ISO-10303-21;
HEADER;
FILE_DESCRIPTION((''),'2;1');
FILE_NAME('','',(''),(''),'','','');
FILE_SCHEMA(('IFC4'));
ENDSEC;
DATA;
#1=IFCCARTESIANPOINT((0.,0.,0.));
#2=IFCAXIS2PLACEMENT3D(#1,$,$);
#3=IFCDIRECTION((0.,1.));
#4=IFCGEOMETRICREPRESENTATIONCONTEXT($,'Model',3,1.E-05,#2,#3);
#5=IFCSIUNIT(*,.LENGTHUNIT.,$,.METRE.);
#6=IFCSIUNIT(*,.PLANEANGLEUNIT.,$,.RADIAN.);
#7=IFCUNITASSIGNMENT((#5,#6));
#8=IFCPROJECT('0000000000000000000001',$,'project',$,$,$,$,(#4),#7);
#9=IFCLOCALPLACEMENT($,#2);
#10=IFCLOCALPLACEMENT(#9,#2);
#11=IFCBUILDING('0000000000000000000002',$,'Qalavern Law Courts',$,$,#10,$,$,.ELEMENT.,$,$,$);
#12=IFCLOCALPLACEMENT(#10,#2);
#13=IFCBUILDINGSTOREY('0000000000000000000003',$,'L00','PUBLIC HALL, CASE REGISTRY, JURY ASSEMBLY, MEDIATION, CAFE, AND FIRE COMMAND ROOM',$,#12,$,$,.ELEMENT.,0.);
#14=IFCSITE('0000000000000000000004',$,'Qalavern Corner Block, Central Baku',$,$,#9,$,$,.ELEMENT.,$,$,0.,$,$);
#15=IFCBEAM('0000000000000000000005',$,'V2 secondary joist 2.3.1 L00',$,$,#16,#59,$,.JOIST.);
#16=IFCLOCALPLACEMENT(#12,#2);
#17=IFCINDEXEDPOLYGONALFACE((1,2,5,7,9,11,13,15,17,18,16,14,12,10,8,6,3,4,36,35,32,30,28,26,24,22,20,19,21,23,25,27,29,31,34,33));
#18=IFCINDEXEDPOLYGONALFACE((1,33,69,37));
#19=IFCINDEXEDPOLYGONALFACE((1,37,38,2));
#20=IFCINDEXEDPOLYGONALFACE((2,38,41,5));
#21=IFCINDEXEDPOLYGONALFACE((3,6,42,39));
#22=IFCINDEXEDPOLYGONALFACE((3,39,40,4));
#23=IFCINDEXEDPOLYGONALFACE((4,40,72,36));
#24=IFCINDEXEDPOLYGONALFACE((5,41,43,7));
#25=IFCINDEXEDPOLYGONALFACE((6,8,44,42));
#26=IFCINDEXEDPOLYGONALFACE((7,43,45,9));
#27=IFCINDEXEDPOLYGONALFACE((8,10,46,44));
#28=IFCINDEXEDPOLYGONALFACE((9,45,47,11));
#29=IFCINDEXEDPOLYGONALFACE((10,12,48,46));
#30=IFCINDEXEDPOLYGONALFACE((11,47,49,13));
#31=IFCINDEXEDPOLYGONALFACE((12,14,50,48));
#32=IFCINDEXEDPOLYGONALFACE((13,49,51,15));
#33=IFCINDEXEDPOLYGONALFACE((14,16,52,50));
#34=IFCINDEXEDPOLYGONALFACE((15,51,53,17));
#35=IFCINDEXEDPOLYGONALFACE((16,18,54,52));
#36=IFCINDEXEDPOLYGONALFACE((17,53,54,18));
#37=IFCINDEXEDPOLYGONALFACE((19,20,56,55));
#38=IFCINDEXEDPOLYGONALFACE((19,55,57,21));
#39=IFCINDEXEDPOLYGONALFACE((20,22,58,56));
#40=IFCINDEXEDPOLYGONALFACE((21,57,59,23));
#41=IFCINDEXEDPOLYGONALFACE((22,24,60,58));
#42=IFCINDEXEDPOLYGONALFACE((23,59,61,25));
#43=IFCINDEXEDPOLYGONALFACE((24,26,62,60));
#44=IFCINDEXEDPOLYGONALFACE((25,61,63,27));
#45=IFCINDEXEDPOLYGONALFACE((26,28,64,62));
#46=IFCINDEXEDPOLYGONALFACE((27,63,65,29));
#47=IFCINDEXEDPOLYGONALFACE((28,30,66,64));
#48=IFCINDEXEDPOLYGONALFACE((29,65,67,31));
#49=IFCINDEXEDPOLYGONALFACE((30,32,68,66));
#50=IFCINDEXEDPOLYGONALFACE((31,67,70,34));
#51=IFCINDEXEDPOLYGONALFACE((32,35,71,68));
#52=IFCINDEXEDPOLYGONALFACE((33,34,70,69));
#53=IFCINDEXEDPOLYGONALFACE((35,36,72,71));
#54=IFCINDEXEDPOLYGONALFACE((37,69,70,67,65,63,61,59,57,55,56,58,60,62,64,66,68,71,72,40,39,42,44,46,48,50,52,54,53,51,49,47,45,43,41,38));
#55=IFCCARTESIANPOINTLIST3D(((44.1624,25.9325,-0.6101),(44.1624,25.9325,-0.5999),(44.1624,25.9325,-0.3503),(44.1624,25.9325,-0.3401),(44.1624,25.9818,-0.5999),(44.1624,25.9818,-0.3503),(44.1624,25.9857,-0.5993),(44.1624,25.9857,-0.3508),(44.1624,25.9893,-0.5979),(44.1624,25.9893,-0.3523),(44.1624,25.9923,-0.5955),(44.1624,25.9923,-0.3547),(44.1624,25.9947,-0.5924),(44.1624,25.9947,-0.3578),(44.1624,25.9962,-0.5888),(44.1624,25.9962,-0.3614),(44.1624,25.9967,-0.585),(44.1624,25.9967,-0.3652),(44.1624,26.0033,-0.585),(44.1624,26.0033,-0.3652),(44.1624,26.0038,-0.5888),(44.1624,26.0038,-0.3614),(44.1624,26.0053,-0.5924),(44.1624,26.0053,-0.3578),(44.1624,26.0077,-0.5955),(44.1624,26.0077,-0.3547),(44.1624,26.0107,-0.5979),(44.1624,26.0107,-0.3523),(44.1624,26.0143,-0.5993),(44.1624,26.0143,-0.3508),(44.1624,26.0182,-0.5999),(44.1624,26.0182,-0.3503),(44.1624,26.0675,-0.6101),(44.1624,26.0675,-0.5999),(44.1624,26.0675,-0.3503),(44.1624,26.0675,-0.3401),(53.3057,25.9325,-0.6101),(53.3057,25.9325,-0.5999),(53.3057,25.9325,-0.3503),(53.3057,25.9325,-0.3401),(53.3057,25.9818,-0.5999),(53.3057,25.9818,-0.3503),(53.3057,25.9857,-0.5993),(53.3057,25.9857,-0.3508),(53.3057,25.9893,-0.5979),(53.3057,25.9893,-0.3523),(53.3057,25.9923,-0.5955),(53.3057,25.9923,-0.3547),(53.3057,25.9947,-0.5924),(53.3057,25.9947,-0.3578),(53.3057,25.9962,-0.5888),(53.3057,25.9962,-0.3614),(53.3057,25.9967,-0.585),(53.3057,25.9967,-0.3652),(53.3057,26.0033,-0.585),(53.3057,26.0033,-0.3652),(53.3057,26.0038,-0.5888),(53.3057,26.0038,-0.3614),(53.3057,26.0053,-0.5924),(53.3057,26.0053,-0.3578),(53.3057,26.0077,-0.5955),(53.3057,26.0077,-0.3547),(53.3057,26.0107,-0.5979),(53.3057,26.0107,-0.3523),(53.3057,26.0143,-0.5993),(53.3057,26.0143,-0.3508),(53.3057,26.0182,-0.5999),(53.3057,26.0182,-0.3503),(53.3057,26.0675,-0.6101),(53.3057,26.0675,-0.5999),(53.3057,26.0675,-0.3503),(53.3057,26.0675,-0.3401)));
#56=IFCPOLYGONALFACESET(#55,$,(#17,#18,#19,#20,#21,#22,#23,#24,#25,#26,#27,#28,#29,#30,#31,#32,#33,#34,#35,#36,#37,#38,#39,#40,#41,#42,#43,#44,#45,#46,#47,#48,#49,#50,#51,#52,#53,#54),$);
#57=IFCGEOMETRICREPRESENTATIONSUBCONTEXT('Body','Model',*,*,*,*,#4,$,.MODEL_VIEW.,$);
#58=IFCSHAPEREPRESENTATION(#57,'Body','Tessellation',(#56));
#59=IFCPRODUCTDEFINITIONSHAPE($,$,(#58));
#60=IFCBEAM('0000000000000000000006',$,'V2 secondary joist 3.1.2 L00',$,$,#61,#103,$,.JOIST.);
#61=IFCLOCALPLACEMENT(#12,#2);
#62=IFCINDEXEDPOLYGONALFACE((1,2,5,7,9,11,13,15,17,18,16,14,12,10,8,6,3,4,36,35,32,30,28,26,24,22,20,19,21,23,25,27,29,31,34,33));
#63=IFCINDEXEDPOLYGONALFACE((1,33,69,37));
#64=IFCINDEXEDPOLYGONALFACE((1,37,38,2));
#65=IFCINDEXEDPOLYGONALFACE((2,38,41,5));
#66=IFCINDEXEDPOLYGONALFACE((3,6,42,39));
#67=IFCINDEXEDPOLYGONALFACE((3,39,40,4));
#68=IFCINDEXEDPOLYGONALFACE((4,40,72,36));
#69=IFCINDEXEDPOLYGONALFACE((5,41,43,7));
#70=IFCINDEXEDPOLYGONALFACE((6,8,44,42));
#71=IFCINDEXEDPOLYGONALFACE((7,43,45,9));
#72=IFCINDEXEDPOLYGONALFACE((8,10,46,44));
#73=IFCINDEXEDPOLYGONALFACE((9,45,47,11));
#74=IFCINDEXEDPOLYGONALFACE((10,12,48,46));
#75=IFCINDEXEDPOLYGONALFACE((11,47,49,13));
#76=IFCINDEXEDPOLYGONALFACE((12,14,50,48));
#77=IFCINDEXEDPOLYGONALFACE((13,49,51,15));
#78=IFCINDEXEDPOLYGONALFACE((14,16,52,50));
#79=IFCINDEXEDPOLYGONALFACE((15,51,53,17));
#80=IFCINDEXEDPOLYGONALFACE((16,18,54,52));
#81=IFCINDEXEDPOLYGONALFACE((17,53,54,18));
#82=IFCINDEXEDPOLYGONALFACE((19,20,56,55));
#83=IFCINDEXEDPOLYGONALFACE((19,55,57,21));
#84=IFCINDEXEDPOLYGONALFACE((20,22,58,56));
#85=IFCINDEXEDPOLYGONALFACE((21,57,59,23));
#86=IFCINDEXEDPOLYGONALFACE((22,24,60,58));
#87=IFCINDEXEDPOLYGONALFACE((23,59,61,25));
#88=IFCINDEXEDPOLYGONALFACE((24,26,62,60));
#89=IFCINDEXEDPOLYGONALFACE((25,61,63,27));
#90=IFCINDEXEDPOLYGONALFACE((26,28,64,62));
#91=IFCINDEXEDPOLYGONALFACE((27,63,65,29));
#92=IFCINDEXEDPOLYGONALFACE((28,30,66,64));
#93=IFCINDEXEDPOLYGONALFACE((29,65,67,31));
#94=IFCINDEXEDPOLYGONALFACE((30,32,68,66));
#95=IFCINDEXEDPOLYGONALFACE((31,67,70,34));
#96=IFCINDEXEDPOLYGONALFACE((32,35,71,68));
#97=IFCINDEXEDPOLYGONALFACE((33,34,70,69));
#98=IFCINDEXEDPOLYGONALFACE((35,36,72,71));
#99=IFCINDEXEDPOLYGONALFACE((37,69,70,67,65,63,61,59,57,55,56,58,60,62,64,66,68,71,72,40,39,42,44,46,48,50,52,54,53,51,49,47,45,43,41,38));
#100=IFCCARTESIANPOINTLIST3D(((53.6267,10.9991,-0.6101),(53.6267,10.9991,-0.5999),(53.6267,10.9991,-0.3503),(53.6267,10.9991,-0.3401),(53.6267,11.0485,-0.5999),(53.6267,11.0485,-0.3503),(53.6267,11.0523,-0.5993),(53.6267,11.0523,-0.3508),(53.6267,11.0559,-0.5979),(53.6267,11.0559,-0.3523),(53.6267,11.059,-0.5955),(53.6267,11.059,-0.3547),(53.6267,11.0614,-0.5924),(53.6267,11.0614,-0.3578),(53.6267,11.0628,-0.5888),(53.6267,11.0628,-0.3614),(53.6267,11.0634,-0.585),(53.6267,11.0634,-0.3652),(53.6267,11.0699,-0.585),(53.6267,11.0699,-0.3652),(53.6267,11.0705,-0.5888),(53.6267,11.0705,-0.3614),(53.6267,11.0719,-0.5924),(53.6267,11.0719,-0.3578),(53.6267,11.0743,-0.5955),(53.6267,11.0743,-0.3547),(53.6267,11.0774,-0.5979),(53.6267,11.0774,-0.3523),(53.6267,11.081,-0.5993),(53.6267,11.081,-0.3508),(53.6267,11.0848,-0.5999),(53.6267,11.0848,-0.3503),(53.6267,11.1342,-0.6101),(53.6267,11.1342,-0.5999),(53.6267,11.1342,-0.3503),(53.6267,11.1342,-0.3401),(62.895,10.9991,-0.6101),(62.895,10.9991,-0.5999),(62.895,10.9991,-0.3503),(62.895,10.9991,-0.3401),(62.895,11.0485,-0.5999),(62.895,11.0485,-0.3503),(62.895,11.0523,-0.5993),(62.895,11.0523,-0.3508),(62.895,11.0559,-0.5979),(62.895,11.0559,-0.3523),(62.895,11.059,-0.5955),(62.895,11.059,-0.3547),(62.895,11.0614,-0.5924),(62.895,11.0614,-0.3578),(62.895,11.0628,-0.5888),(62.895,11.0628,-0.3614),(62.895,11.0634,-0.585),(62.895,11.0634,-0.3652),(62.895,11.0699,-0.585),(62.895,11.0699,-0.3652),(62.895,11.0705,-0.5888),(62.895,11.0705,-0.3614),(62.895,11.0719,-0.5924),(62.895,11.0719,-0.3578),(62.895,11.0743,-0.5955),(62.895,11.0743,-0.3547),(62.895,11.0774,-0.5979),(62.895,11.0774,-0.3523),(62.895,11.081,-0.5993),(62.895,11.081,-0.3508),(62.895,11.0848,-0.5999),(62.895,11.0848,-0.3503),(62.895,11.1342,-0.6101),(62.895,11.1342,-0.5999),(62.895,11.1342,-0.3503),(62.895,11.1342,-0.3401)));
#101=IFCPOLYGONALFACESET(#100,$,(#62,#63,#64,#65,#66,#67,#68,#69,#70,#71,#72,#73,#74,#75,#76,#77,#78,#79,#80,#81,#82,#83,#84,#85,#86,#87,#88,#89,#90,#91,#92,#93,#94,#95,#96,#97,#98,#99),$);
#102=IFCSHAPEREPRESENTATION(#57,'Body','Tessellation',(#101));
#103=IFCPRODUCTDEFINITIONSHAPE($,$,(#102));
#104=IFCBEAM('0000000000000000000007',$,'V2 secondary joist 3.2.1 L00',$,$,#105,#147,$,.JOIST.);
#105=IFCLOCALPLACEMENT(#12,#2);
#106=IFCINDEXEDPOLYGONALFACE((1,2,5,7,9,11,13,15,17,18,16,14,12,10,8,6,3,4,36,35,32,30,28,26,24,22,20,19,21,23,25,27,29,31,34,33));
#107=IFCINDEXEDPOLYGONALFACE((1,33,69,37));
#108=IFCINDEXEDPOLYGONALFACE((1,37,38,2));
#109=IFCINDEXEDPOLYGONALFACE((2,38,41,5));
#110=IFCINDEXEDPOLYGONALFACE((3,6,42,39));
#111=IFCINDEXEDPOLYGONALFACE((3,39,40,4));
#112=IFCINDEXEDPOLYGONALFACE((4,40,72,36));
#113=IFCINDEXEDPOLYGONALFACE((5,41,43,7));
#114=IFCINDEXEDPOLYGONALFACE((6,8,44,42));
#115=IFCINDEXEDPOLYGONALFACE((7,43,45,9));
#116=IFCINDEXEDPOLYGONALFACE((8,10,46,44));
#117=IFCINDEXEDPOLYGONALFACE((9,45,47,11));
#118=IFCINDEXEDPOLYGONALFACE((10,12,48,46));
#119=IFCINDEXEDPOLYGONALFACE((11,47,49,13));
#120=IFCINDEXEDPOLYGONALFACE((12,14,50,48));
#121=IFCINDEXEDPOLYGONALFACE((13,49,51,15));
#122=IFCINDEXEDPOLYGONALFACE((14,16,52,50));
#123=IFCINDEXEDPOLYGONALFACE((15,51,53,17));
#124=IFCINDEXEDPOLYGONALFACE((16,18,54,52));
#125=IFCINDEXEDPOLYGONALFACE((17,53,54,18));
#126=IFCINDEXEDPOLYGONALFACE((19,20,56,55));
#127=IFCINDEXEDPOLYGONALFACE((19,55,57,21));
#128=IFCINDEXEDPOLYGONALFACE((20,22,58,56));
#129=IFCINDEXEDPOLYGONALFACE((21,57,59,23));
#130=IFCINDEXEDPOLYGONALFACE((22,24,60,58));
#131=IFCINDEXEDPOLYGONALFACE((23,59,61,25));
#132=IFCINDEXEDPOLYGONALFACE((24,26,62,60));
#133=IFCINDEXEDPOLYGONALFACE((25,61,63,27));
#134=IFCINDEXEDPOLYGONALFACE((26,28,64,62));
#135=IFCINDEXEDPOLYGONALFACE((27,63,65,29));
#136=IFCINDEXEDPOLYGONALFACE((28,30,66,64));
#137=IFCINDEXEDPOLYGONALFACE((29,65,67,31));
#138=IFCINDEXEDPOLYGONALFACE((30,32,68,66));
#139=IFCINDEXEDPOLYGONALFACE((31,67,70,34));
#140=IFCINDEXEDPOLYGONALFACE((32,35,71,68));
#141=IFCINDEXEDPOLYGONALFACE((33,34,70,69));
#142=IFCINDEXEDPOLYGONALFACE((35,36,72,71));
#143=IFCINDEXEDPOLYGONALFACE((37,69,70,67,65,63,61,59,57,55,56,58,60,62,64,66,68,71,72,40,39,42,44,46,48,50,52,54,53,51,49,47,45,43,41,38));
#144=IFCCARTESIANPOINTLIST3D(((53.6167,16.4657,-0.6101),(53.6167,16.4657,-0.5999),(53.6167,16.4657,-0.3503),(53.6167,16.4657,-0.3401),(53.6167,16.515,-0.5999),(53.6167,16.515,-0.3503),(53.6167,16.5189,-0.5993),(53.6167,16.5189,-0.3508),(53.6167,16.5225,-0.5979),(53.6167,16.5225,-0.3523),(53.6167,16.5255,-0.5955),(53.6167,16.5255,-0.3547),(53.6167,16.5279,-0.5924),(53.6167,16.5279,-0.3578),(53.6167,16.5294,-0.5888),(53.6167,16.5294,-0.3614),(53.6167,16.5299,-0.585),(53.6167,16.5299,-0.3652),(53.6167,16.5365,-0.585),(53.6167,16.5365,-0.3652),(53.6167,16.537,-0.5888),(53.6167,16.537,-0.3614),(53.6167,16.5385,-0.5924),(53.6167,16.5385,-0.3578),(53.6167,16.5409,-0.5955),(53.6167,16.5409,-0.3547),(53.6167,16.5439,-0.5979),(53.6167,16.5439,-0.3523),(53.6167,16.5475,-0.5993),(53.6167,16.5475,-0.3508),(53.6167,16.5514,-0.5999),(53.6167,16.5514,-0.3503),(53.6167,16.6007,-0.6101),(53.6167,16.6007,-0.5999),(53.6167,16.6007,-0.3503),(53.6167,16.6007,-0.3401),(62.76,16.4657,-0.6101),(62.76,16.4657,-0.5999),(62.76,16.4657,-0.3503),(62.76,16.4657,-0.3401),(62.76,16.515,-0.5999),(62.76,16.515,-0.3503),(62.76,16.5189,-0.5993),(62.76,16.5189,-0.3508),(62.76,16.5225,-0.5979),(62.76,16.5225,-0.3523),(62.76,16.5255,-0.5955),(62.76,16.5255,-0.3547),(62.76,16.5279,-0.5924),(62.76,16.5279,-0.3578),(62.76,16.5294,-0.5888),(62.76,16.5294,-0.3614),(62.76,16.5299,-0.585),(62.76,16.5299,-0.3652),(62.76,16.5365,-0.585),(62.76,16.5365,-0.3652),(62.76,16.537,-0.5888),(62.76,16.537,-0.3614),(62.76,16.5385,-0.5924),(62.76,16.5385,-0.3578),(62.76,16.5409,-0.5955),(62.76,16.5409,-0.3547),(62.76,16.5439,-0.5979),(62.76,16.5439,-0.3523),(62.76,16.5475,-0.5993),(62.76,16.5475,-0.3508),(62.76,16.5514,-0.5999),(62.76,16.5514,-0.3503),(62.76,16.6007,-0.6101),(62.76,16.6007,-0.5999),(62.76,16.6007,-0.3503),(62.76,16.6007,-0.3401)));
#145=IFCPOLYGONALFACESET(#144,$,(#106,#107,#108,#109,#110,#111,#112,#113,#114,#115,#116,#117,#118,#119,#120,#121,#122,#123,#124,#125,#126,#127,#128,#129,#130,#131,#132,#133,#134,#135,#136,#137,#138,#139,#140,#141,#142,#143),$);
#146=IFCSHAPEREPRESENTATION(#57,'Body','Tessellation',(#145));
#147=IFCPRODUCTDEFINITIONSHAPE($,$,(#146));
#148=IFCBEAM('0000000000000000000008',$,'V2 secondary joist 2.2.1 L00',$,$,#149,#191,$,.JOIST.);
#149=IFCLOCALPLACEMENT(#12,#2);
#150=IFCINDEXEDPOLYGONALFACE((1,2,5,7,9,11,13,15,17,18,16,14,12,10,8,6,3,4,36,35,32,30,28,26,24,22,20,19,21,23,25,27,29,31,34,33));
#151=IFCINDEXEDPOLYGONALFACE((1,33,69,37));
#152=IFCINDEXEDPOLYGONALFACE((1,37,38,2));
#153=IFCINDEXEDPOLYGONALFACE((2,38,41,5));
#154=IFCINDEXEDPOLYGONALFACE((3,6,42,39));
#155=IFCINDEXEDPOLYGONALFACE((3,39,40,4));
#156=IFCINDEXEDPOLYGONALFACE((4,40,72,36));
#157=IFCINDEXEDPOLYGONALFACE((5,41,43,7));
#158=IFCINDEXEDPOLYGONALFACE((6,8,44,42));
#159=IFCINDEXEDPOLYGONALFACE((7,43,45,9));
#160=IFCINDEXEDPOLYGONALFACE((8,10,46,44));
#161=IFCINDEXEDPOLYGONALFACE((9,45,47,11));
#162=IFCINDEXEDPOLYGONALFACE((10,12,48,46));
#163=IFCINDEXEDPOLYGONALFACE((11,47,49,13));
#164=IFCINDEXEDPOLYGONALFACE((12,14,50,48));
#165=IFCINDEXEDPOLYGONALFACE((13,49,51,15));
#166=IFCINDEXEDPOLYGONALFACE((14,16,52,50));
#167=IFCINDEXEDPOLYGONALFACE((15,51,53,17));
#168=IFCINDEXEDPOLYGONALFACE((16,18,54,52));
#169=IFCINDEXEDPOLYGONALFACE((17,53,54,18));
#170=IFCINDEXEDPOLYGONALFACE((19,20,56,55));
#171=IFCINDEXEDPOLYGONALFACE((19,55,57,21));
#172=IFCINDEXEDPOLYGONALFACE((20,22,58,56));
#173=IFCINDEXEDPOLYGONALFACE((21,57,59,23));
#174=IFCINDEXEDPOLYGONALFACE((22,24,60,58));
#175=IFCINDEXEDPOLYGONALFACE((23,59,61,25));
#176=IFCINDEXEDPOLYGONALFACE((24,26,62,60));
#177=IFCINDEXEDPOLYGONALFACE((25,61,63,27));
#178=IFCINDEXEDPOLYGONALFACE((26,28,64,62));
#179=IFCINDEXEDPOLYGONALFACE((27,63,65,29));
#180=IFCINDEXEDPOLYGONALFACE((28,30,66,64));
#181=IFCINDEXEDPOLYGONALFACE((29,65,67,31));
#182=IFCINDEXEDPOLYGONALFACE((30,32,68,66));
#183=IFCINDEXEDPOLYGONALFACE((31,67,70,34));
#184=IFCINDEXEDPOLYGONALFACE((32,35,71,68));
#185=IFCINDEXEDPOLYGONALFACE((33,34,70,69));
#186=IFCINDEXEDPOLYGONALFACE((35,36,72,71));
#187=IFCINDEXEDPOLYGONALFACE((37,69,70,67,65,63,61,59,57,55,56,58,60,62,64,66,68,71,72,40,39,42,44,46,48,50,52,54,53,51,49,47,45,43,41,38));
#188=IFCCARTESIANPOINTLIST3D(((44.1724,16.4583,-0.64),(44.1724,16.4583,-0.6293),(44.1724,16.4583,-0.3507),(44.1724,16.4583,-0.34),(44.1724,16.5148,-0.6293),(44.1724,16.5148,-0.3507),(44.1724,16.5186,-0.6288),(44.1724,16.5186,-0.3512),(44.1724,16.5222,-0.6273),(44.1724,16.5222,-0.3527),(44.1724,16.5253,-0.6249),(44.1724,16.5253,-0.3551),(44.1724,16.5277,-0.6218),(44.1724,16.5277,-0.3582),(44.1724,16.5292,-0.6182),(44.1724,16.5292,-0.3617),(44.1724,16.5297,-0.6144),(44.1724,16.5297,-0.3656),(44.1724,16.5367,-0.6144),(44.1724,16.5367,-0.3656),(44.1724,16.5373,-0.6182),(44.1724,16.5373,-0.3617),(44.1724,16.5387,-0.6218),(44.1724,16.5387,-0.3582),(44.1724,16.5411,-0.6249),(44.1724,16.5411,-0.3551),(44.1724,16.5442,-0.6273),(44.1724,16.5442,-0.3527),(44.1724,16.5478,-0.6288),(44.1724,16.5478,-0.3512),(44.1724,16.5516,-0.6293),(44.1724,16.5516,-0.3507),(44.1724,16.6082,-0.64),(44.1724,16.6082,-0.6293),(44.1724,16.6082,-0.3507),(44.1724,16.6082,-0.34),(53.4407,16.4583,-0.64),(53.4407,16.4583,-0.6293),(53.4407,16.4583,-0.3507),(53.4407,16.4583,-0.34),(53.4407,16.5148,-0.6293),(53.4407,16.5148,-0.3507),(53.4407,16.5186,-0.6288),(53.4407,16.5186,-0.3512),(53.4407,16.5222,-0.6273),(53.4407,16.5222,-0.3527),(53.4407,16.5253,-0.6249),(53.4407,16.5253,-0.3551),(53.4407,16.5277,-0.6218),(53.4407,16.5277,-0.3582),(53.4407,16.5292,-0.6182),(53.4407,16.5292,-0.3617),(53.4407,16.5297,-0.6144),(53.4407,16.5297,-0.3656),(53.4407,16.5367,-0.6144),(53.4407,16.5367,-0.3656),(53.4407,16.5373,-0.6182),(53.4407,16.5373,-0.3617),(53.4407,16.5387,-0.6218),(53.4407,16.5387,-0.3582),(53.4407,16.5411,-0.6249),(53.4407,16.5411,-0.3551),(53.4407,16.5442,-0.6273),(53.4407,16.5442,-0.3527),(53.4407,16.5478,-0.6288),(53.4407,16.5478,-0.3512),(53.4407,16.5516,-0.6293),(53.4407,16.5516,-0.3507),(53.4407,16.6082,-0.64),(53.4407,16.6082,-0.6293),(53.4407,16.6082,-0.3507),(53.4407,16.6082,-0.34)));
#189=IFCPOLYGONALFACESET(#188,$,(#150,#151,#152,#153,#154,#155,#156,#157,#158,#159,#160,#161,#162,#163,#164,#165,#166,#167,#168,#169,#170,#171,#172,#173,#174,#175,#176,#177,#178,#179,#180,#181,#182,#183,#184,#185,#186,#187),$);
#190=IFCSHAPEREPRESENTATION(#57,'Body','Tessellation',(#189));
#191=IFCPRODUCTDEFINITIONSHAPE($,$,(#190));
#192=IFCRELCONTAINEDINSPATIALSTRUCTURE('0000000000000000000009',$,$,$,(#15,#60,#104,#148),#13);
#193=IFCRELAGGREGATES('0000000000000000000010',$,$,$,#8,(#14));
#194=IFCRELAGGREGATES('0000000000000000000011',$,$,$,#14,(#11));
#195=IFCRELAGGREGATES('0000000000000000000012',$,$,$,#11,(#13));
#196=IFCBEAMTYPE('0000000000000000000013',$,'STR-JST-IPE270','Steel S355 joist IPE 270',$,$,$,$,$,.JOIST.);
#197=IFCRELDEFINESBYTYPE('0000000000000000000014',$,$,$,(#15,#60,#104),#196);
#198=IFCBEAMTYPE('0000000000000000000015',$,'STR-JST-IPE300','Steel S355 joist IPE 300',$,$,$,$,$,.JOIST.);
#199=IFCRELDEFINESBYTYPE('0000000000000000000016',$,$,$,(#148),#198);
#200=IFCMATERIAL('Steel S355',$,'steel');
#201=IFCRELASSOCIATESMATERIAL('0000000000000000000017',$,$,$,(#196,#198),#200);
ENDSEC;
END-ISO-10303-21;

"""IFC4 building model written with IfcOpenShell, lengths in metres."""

from ifc_helpers import new_model, si_unit, direction, frame, origin, origin_2d, place, context, subcontext, project, spatial, i_section, extrude, material, material_profile, profile_set, type_object, element, save


model = new_model("IFC4")

# Units and contexts
model_context = context("Model", 3, precision=1e-05, world=origin(), true_north=direction((0.0, 1.0)))
body_context = subcontext(model_context, "Body", "Model", "MODEL_VIEW")
ifc_project = project(units=[si_unit("LENGTHUNIT", "METRE"), si_unit("PLANEANGLEUNIT", "RADIAN")], contexts=[model_context])

# Site, building, storey
site_placement = place(None, origin())
site = spatial("IfcSite", under=ifc_project, at=site_placement, Name="Qalavern Corner Block, Central Baku", CompositionType="ELEMENT", RefElevation=0.0)
building_placement = place(site_placement, origin())
building = spatial("IfcBuilding", under=site, at=building_placement, Name="Qalavern Law Courts", CompositionType="ELEMENT")
storey_placement = place(building_placement, origin())
storey = spatial("IfcBuildingStorey", under=building, at=storey_placement, Name="L00", Description="PUBLIC HALL, CASE REGISTRY, JURY ASSEMBLY, MEDIATION, CAFE, AND FIRE COMMAND ROOM", CompositionType="ELEMENT", Elevation=0.0)

# Beams
ifc_material_1 = material(Name="Steel S355", Category="steel")
ifc_material_profile_1 = material_profile(ifc_material_1, i_section(OverallWidth=0.135, OverallDepth=0.27, WebThickness=0.0066, FlangeThickness=0.0103, FilletRadius=0.0149, at=origin_2d()), Name="IPE 270")
ifc_profile_set_1 = profile_set([ifc_material_profile_1], Name="Steel S355")
beam_type_1 = type_object("IfcBeamType", Name="STR-JST-IPE270", Description="Steel S355 joist IPE 270", PredefinedType="JOIST", material=ifc_profile_set_1)
beam_1_placement = place(storey_placement, frame((44.1624, 26.0, -0.4751), z_axis=(1.0, 0.0, 0.0), x_axis=(0.0, 1.0, 0.0)))
element("IfcBeam", 1, at=beam_1_placement, inside=storey, type_object=beam_type_1, Name="V2 secondary joist 2.3.1 L00", PredefinedType="JOIST", context=body_context, shape_type="SweptSolid", body=[
    extrude(i_section(OverallWidth=0.135, OverallDepth=0.27, WebThickness=0.0066, FlangeThickness=0.0103, FilletRadius=0.0149, at=origin_2d()), origin(), (0.0, 0.0, 1.0), 9.1433),
])
beam_2_placement = place(storey_placement, frame((53.6267, 11.0667, -0.4751), z_axis=(1.0, 0.0, 0.0), x_axis=(0.0, 1.0, 0.0)))
element("IfcBeam", 2, at=beam_2_placement, inside=storey, type_object=beam_type_1, Name="V2 secondary joist 3.1.2 L00", PredefinedType="JOIST", context=body_context, shape_type="SweptSolid", body=[
    extrude(i_section(OverallWidth=0.135, OverallDepth=0.27, WebThickness=0.0066, FlangeThickness=0.0103, FilletRadius=0.0149, at=origin_2d()), origin(), (0.0, 0.0, 1.0), 9.2683),
])
beam_3_placement = place(storey_placement, frame((53.6167, 16.5332, -0.4751), z_axis=(1.0, 0.0, 0.0), x_axis=(0.0, 1.0, 0.0)))
element("IfcBeam", 3, at=beam_3_placement, inside=storey, type_object=beam_type_1, Name="V2 secondary joist 3.2.1 L00", PredefinedType="JOIST", context=body_context, shape_type="SweptSolid", body=[
    extrude(i_section(OverallWidth=0.135, OverallDepth=0.27, WebThickness=0.0066, FlangeThickness=0.0103, FilletRadius=0.0149, at=origin_2d()), origin(), (0.0, 0.0, 1.0), 9.1433),
])
ifc_material_profile_2 = material_profile(ifc_material_1, i_section(OverallWidth=0.1499, OverallDepth=0.3, WebThickness=0.0071, FlangeThickness=0.0107, FilletRadius=0.0149, at=origin_2d()), Name="IPE 300")
ifc_profile_set_2 = profile_set([ifc_material_profile_2], Name="Steel S355")
beam_type_2 = type_object("IfcBeamType", Name="STR-JST-IPE300", Description="Steel S355 joist IPE 300", PredefinedType="JOIST", material=ifc_profile_set_2)
beam_4_placement = place(storey_placement, frame((44.1724, 16.5332, -0.49), z_axis=(1.0, 0.0, 0.0), x_axis=(0.0, 1.0, 0.0)))
element("IfcBeam", 4, at=beam_4_placement, inside=storey, type_object=beam_type_2, Name="V2 secondary joist 2.2.1 L00", PredefinedType="JOIST", context=body_context, shape_type="SweptSolid", body=[
    extrude(i_section(OverallWidth=0.1499, OverallDepth=0.3, WebThickness=0.0071, FlangeThickness=0.0107, FilletRadius=0.0149, at=origin_2d()), origin(), (0.0, 0.0, 1.0), 9.2683),
])

save(model, "model.ifc")
